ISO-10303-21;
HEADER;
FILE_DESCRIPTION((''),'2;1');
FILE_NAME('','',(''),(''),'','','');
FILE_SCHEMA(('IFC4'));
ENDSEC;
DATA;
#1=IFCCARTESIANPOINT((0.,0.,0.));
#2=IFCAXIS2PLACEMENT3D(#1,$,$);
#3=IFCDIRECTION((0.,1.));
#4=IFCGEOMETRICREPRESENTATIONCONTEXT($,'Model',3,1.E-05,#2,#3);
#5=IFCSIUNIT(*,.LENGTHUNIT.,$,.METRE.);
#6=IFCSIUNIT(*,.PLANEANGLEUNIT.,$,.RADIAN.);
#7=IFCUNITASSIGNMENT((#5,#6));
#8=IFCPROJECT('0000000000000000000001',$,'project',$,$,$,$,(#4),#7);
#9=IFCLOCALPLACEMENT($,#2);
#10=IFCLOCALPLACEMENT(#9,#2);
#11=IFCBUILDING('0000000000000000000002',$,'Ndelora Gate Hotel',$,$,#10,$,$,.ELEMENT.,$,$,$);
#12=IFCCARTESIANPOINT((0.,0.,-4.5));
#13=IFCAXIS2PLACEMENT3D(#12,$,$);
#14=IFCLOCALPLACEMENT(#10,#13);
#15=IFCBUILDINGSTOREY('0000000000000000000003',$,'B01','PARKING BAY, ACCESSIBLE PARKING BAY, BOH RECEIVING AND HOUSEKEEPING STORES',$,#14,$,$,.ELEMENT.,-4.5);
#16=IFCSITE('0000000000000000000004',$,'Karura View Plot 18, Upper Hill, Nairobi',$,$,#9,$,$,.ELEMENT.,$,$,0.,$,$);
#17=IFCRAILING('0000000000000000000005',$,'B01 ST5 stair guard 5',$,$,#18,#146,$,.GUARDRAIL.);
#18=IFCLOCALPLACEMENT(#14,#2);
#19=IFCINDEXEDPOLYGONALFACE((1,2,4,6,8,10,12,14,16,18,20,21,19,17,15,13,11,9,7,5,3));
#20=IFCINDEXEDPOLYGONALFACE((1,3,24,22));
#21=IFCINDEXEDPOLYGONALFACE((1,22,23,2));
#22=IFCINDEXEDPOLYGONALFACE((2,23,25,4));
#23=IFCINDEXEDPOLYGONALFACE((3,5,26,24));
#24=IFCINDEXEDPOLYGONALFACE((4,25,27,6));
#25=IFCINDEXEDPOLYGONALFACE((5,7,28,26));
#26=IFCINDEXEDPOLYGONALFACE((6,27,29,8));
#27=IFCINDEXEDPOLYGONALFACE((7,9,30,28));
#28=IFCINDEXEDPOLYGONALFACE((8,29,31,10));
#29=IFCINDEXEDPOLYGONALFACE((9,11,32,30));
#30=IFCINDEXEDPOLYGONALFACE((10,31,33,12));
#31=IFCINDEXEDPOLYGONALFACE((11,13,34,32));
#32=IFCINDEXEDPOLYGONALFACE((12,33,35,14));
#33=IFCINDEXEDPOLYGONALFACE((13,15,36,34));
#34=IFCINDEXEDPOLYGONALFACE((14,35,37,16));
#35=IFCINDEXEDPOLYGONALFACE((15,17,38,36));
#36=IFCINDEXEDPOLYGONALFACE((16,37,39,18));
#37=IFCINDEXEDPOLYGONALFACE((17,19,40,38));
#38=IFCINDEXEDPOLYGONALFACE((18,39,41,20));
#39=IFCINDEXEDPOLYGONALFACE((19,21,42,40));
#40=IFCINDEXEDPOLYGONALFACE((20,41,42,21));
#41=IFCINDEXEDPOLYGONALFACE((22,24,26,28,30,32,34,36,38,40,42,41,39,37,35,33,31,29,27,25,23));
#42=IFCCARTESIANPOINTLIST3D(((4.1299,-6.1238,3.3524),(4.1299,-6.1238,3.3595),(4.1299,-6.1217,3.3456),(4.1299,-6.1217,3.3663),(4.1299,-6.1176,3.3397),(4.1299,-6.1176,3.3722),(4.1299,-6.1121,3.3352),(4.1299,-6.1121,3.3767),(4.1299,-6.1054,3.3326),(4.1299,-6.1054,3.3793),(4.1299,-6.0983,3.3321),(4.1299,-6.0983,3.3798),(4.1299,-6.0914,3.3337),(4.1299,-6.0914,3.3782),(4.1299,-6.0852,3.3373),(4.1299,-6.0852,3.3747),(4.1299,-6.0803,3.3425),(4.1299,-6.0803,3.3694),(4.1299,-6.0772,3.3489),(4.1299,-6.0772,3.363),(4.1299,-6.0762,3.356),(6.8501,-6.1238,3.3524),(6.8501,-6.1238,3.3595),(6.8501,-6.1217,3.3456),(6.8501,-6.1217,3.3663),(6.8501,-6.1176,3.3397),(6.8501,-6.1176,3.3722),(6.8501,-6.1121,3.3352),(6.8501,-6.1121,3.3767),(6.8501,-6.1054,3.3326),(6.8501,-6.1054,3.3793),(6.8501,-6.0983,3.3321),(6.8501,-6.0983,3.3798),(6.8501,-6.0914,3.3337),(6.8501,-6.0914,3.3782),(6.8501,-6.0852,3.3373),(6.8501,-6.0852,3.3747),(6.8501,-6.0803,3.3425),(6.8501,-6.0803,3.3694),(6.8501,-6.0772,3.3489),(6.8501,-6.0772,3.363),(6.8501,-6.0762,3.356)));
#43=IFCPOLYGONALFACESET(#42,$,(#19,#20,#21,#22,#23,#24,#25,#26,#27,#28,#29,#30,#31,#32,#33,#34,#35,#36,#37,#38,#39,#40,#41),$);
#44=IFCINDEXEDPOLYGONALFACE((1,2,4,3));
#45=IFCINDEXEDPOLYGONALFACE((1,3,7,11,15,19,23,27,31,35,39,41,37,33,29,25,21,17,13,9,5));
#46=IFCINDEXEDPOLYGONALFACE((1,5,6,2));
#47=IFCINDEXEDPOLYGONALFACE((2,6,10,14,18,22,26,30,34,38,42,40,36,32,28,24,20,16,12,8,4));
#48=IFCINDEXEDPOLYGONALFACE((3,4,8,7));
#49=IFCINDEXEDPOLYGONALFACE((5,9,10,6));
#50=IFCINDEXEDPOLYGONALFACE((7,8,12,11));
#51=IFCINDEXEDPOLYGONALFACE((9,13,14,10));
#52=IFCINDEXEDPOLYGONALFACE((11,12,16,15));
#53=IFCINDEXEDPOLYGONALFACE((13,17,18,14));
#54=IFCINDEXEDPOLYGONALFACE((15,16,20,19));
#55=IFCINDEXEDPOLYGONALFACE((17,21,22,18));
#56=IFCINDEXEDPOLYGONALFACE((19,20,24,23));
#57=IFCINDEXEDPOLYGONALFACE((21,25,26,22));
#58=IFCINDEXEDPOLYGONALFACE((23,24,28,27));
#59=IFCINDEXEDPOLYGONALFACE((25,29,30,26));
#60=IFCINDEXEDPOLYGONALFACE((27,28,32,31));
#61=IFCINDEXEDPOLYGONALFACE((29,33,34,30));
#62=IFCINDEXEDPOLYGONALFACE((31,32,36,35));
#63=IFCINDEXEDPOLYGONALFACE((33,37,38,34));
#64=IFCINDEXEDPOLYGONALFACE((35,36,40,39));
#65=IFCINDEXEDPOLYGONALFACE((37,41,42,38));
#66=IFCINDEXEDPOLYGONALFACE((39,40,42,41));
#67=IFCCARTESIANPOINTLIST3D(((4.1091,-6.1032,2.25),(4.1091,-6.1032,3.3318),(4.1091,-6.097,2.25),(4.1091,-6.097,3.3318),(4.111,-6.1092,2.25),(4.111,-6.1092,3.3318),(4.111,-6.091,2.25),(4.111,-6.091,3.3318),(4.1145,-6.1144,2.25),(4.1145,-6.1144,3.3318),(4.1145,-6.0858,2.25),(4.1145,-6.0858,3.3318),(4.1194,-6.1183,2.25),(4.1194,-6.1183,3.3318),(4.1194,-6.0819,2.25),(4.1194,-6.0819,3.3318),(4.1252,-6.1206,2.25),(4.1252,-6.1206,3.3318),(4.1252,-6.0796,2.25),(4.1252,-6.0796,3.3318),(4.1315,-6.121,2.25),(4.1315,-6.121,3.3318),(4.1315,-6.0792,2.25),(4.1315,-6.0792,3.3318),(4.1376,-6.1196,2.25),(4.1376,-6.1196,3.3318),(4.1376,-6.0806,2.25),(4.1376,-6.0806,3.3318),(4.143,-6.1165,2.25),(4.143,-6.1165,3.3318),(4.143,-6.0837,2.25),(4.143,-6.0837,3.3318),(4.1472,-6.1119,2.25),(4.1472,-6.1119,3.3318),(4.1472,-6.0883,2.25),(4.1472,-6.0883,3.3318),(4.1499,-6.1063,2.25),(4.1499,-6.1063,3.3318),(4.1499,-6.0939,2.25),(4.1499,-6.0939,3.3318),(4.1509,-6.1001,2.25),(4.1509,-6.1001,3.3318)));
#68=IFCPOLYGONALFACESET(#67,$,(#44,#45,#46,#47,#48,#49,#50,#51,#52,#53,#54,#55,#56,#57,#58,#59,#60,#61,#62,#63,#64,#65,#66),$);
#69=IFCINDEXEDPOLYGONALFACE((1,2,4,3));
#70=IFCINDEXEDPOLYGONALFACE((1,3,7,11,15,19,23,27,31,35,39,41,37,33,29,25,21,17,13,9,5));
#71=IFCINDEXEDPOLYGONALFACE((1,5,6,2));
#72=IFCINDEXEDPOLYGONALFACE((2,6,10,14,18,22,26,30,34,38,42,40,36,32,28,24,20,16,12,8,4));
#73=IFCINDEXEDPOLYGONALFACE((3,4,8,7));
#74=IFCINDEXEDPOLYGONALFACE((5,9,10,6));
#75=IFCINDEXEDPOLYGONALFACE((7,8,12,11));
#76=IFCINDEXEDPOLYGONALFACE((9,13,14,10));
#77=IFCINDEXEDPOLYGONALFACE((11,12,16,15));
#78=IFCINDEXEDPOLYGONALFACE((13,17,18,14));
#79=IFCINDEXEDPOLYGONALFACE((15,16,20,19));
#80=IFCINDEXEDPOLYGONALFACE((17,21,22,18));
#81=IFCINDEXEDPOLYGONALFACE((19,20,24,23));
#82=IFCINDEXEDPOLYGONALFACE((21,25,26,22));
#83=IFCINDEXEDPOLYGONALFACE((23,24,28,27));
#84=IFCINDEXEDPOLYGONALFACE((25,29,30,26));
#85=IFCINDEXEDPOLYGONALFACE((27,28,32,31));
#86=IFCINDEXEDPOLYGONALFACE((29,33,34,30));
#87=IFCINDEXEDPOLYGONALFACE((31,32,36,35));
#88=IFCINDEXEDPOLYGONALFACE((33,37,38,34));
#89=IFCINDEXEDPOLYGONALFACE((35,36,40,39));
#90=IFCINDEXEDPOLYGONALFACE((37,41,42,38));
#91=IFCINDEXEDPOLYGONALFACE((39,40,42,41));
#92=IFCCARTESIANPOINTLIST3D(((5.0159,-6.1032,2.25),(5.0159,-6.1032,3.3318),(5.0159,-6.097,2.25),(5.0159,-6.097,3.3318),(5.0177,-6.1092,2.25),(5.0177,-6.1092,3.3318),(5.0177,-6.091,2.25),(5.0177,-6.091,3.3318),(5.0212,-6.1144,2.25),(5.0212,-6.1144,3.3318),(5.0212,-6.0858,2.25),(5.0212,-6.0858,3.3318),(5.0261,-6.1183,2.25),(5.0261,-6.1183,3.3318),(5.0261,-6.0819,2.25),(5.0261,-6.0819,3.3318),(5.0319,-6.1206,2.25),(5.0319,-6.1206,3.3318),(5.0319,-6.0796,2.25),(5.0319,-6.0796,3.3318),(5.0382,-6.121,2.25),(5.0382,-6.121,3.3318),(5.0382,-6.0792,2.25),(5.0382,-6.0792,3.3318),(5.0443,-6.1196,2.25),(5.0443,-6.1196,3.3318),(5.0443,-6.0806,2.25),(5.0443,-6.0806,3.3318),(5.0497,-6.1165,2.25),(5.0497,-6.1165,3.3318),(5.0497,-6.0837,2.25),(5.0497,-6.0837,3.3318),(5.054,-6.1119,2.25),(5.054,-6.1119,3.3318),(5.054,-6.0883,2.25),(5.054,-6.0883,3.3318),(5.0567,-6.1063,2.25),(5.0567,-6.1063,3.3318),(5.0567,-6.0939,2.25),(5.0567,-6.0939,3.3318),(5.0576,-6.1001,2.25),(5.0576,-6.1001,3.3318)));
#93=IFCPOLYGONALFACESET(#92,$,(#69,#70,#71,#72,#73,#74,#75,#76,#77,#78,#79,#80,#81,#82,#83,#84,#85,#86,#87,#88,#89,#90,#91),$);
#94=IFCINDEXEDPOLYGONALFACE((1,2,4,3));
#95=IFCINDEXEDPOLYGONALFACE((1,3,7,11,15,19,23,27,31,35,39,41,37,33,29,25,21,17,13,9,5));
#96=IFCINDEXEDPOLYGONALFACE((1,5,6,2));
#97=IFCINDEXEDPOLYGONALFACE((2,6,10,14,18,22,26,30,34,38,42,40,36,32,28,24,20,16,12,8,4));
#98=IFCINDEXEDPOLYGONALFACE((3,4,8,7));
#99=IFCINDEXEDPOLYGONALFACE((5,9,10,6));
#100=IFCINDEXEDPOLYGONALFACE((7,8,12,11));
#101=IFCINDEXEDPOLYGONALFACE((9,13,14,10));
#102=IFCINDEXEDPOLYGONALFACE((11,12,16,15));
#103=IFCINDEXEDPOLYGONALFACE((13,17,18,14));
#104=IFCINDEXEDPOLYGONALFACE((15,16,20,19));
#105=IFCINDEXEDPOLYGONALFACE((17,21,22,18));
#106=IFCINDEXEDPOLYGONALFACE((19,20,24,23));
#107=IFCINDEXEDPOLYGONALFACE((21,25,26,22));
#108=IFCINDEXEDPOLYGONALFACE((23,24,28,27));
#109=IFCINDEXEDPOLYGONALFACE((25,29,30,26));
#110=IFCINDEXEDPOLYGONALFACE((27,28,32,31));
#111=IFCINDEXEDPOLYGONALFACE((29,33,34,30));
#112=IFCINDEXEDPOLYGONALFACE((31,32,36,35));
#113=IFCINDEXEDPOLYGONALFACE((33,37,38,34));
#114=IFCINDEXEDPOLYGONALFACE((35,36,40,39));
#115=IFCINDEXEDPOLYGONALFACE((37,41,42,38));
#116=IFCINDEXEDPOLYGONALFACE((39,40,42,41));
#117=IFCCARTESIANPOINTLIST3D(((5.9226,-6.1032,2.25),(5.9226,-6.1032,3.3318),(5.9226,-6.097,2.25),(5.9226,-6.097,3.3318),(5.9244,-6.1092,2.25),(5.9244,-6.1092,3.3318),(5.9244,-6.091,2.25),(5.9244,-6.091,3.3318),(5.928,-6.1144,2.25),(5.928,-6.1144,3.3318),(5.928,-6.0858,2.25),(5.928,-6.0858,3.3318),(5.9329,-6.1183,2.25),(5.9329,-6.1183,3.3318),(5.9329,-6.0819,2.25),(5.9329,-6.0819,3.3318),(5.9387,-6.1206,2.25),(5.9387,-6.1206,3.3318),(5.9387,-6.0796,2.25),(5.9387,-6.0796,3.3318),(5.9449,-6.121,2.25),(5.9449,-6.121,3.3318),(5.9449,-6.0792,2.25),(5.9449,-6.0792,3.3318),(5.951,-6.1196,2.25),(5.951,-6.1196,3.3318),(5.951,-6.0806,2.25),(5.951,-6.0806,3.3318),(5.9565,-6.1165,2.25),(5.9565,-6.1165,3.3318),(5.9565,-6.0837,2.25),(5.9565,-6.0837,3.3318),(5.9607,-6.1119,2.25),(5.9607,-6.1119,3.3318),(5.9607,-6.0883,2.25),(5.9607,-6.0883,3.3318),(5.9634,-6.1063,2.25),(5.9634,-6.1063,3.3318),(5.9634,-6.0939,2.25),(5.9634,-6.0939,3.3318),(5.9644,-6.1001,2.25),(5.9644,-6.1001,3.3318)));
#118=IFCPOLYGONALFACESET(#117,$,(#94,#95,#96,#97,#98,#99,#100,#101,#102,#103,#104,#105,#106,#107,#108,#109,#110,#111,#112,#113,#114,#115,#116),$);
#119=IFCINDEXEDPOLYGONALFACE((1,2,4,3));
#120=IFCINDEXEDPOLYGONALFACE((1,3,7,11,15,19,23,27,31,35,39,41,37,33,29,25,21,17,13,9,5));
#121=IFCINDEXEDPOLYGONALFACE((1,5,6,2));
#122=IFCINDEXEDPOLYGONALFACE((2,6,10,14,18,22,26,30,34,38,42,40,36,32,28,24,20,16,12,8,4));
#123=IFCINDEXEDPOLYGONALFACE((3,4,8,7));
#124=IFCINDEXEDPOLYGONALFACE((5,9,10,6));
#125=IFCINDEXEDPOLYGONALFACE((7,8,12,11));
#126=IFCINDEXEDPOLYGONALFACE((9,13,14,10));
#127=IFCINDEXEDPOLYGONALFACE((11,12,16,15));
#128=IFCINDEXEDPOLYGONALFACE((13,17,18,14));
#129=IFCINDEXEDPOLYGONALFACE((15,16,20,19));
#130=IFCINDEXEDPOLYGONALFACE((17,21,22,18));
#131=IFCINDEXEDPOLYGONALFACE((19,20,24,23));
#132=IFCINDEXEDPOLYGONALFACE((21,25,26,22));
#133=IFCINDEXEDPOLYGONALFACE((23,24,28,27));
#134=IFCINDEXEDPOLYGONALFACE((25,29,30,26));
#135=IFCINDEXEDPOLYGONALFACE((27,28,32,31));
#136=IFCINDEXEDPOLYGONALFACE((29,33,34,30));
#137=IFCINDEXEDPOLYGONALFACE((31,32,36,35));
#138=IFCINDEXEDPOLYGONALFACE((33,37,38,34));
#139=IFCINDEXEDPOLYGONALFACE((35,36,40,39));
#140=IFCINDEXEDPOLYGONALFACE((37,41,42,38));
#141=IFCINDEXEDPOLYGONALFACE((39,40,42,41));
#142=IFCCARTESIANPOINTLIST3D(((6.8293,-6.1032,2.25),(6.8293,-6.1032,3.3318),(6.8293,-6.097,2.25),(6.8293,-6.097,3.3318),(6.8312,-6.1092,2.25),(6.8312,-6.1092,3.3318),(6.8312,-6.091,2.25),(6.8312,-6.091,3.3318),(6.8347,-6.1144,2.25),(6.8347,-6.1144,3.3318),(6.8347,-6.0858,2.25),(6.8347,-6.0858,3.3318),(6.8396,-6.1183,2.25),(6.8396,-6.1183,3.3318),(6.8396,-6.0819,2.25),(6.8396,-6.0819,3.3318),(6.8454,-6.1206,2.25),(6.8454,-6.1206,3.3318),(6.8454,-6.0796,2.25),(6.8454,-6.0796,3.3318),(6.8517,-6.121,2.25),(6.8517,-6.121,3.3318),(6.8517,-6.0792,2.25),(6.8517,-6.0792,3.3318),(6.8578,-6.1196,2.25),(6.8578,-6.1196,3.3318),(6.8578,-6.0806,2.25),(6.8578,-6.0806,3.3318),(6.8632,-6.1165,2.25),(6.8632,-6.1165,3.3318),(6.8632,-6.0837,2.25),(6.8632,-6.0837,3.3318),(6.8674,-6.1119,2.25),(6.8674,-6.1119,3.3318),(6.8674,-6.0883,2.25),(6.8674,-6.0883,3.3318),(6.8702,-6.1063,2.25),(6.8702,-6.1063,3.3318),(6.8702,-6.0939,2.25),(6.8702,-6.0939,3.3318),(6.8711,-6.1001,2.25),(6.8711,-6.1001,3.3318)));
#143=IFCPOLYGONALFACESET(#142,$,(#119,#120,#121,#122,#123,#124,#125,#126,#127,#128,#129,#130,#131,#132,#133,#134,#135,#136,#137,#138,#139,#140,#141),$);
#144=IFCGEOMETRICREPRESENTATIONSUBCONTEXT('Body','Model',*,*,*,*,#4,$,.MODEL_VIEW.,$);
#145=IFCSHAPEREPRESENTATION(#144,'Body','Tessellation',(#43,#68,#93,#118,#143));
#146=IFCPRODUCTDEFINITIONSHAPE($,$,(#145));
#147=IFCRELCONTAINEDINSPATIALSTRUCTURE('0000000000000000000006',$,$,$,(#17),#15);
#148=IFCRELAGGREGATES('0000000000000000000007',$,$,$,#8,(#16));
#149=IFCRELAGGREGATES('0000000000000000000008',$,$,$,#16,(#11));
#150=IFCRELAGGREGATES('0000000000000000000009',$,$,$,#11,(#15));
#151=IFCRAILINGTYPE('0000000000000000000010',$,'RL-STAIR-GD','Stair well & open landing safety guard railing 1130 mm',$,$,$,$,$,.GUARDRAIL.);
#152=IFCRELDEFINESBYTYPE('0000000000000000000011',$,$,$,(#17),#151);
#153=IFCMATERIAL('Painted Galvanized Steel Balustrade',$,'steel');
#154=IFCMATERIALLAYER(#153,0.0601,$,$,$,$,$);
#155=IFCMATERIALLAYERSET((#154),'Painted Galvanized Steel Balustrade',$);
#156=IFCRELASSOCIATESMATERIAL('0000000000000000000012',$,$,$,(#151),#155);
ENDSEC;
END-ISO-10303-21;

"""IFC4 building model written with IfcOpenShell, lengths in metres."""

from ifc_helpers import new_model, si_unit, direction, frame, origin, origin_2d, place, context, subcontext, project, spatial, circle, extrude, material, layer, layer_set, type_object, element, save


model = new_model("IFC4")

# Units and contexts
model_context = context("Model", 3, precision=1e-05, world=origin(), true_north=direction((0.0, 1.0)))
body_context = subcontext(model_context, "Body", "Model", "MODEL_VIEW")
ifc_project = project(units=[si_unit("LENGTHUNIT", "METRE"), si_unit("PLANEANGLEUNIT", "RADIAN")], contexts=[model_context])

# Site, building, storey
site_placement = place(None, origin())
site = spatial("IfcSite", under=ifc_project, at=site_placement, Name="Karura View Plot 18, Upper Hill, Nairobi", CompositionType="ELEMENT", RefElevation=0.0)
building_placement = place(site_placement, origin())
building = spatial("IfcBuilding", under=site, at=building_placement, Name="Ndelora Gate Hotel", CompositionType="ELEMENT")
storey_placement = place(building_placement, frame((0.0, 0.0, -4.5)))
storey = spatial("IfcBuildingStorey", under=building, at=storey_placement, Name="B01", Description="PARKING BAY, ACCESSIBLE PARKING BAY, BOH RECEIVING AND HOUSEKEEPING STORES", CompositionType="ELEMENT", Elevation=-4.5)

# Railing
ifc_material_1 = material(Name="Painted Galvanized Steel Balustrade", Category="steel")
ifc_layer_1 = layer(ifc_material_1, 0.0601)
ifc_layer_set_1 = layer_set([ifc_layer_1], Name="Painted Galvanized Steel Balustrade")
railing_type_1 = type_object("IfcRailingType", Name="RL-STAIR-GD", Description="Stair well & open landing safety guard railing 1130 mm", PredefinedType="GUARDRAIL", material=ifc_layer_set_1)
railing_1_placement = place(storey_placement, frame((4.1299, -6.1001, 2.25)))
element("IfcRailing", 1, at=railing_1_placement, inside=storey, type_object=railing_type_1, Name="B01 ST5 stair guard 5", PredefinedType="GUARDRAIL", context=body_context, shape_type="SweptSolid", body=[
    extrude(circle(Radius=0.0239, at=origin_2d()), frame((0.0, 0.0, 1.106), z_axis=(1.0, 0.0, 0.0), x_axis=(0.0, 1.0, 0.0)), (0.0, 0.0, 1.0), 2.7202),
    extrude(circle(Radius=0.021, at=origin_2d()), origin(), (0.0, 0.0, 1.0), 1.0818),
    extrude(circle(Radius=0.021, at=origin_2d()), frame((0.9067, 0.0, 0.0)), (0.0, 0.0, 1.0), 1.0818),
    extrude(circle(Radius=0.021, at=origin_2d()), frame((1.8135, 0.0, 0.0)), (0.0, 0.0, 1.0), 1.0818),
    extrude(circle(Radius=0.021, at=origin_2d()), frame((2.7202, 0.0, 0.0)), (0.0, 0.0, 1.0), 1.0818),
])

save(model, "model.ifc")
